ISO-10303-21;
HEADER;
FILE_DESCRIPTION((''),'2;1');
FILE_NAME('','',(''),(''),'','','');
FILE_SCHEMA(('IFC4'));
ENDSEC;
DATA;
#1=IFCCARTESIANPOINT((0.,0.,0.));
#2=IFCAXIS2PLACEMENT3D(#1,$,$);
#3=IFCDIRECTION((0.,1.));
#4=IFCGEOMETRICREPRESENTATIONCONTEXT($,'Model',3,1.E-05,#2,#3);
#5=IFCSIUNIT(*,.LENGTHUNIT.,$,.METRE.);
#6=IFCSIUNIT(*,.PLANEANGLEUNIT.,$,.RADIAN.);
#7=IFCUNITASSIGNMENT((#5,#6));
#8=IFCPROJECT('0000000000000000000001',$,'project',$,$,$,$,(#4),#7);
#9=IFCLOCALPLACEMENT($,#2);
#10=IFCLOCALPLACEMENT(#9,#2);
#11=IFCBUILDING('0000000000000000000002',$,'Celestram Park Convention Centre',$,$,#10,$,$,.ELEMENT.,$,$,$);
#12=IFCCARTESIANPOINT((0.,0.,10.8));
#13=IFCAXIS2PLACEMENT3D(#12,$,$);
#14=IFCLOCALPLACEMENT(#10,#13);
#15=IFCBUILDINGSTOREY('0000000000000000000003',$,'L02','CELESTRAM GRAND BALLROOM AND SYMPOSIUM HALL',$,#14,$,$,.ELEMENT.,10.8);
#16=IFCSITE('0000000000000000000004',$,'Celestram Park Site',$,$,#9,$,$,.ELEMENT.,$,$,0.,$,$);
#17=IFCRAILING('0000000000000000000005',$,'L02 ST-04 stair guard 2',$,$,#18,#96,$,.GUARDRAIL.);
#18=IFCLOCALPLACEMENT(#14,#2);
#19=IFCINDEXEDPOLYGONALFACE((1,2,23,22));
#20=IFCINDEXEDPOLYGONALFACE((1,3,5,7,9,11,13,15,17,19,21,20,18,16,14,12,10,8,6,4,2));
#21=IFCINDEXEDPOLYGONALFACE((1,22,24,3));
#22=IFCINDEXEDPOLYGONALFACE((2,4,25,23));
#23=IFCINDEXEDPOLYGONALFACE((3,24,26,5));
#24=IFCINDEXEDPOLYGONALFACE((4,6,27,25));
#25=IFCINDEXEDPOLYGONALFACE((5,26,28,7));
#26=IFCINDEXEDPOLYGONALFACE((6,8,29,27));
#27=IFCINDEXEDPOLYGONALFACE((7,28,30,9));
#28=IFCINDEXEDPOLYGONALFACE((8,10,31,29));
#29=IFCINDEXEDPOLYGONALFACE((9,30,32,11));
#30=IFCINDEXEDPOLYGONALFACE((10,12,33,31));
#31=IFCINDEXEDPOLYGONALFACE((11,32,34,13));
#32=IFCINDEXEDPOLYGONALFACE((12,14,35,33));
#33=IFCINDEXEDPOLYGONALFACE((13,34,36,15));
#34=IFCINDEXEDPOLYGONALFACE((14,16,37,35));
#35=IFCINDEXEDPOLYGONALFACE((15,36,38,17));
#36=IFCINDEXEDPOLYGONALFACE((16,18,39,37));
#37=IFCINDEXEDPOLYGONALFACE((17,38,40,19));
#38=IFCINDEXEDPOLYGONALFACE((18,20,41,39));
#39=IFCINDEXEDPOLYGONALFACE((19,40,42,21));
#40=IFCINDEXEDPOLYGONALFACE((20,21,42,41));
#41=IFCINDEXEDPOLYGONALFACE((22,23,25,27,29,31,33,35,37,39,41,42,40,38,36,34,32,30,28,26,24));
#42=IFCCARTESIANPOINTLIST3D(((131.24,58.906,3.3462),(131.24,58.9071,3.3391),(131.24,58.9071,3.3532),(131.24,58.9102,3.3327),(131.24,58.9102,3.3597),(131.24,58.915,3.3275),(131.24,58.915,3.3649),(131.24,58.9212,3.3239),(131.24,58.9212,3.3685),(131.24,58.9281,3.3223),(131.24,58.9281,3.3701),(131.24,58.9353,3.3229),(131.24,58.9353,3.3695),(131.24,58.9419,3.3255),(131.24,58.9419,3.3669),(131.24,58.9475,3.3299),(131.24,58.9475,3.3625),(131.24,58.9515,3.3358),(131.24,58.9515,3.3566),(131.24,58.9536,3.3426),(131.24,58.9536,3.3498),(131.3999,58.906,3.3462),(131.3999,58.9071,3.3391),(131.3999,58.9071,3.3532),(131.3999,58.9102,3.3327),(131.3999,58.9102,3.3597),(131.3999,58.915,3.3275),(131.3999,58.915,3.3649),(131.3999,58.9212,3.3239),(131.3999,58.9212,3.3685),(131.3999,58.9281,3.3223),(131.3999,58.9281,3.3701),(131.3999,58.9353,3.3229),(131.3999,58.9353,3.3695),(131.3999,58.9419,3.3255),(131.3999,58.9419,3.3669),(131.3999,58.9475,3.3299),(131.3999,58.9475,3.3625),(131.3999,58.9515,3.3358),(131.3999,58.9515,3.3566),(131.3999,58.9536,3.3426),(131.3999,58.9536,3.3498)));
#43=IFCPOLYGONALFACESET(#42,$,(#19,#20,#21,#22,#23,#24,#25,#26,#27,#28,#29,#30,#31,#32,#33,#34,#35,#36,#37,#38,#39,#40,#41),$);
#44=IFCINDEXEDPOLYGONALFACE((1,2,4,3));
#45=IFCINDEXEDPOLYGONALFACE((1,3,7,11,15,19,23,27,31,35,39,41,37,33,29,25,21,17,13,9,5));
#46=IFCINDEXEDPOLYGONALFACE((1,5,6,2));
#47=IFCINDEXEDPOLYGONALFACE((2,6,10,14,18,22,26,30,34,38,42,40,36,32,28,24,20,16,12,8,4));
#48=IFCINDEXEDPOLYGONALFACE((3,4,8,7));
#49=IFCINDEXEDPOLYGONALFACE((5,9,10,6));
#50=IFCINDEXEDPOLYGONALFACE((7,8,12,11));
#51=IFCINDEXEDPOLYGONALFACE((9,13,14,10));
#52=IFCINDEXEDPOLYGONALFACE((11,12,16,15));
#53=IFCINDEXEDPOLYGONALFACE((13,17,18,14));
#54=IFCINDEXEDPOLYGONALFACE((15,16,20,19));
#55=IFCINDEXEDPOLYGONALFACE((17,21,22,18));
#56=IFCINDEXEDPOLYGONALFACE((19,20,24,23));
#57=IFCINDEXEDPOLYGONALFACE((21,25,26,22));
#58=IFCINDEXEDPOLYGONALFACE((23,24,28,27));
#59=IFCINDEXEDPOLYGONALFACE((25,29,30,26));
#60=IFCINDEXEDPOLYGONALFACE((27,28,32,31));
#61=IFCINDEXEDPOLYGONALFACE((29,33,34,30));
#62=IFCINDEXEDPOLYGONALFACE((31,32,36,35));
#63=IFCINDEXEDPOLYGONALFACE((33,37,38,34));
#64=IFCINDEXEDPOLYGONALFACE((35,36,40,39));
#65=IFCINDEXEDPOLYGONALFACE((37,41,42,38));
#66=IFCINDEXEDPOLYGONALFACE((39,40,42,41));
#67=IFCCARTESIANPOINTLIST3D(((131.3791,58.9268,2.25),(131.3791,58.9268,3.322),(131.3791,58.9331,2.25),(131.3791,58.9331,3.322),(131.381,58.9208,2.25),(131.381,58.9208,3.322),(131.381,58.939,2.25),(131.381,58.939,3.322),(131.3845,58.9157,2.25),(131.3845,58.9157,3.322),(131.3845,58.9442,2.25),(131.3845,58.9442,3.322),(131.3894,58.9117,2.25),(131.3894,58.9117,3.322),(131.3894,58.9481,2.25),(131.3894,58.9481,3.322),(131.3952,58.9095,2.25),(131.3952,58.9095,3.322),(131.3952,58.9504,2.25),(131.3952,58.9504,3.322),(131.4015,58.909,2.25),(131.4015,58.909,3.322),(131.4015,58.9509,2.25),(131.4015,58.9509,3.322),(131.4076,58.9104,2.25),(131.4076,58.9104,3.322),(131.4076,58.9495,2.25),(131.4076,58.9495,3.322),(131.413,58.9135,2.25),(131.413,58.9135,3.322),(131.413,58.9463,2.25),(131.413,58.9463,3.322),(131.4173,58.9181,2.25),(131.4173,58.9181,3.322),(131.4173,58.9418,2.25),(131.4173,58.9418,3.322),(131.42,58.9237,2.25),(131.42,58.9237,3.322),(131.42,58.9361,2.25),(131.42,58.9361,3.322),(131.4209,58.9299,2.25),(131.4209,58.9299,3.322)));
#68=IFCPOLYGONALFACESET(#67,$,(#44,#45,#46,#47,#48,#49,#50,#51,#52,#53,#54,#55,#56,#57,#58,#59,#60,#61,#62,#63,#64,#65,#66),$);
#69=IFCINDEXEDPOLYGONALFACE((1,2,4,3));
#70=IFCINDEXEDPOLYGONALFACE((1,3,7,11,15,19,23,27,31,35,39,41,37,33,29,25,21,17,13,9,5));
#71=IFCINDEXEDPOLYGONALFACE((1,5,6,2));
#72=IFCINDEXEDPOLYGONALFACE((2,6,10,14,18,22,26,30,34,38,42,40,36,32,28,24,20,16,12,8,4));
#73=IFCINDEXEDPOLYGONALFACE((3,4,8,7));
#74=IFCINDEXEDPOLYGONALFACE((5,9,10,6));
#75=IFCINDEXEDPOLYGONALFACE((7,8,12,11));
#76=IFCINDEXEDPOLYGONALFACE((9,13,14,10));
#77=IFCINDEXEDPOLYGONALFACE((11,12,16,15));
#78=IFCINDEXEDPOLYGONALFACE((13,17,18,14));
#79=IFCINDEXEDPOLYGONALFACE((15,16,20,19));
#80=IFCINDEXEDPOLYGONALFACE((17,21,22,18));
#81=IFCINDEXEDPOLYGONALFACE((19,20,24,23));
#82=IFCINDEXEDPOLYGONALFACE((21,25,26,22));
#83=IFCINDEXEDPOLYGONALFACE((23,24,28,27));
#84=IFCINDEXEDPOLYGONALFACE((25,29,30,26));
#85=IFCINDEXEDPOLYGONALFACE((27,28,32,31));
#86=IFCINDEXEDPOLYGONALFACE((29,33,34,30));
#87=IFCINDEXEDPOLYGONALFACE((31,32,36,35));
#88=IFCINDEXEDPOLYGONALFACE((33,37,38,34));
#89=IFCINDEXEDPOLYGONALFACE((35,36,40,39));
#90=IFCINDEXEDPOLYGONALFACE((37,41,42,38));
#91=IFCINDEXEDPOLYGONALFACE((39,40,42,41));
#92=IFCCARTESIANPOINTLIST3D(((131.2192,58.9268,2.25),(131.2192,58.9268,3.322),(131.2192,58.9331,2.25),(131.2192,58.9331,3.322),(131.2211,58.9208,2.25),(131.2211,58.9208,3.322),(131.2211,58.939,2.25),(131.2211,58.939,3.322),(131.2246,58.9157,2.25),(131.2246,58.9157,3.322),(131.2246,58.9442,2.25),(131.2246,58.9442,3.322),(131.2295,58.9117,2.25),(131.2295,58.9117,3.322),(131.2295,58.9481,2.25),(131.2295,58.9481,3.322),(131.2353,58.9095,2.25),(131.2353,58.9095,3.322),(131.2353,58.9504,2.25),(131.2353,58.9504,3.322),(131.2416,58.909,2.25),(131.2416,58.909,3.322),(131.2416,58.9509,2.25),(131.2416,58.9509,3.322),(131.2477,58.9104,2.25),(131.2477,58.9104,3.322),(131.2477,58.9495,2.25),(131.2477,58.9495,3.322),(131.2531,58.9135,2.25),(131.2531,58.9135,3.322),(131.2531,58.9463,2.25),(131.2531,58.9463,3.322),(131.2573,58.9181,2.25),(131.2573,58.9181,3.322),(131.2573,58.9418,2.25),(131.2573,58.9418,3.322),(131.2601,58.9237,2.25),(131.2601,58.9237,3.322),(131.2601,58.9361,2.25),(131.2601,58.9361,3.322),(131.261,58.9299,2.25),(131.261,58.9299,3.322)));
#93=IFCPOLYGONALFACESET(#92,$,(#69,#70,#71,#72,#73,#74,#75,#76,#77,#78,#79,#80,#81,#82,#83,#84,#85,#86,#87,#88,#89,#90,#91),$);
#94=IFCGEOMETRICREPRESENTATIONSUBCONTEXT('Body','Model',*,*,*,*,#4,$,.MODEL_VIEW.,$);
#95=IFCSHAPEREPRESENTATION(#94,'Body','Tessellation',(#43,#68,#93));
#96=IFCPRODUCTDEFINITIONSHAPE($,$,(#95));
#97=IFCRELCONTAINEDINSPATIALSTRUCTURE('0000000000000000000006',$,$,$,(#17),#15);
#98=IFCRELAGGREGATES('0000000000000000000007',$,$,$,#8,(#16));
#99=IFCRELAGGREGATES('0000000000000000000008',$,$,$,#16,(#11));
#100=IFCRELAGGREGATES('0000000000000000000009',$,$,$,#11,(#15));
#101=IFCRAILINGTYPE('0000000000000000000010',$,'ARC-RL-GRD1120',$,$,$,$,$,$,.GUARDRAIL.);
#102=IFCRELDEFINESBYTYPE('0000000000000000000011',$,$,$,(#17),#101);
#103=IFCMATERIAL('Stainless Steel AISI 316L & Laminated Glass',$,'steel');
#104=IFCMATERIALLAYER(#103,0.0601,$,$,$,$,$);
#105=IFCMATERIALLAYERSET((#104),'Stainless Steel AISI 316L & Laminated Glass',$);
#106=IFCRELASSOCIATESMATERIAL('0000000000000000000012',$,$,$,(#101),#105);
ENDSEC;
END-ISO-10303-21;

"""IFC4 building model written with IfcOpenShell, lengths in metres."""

from ifc_helpers import new_model, si_unit, direction, frame, origin, origin_2d, place, context, subcontext, project, spatial, circle, extrude, material, layer, layer_set, type_object, element, save


model = new_model("IFC4")

# Units and contexts
model_context = context("Model", 3, precision=1e-05, world=origin(), true_north=direction((0.0, 1.0)))
body_context = subcontext(model_context, "Body", "Model", "MODEL_VIEW")
ifc_project = project(units=[si_unit("LENGTHUNIT", "METRE"), si_unit("PLANEANGLEUNIT", "RADIAN")], contexts=[model_context])

# Site, building, storey
site_placement = place(None, origin())
site = spatial("IfcSite", under=ifc_project, at=site_placement, Name="Celestram Park Site", CompositionType="ELEMENT", RefElevation=0.0)
building_placement = place(site_placement, origin())
building = spatial("IfcBuilding", under=site, at=building_placement, Name="Celestram Park Convention Centre", CompositionType="ELEMENT")
storey_placement = place(building_placement, frame((0.0, 0.0, 10.8)))
storey = spatial("IfcBuildingStorey", under=building, at=storey_placement, Name="L02", Description="CELESTRAM GRAND BALLROOM AND SYMPOSIUM HALL", CompositionType="ELEMENT", Elevation=10.8)

# Railing
ifc_material_1 = material(Name="Stainless Steel AISI 316L & Laminated Glass", Category="steel")
ifc_layer_1 = layer(ifc_material_1, 0.0601)
ifc_layer_set_1 = layer_set([ifc_layer_1], Name="Stainless Steel AISI 316L & Laminated Glass")
railing_type_1 = type_object("IfcRailingType", Name="ARC-RL-GRD1120", PredefinedType="GUARDRAIL", material=ifc_layer_set_1)
railing_1_placement = place(storey_placement, frame((131.3999, 58.9299, 2.25)))
element("IfcRailing", 1, at=railing_1_placement, inside=storey, type_object=railing_type_1, Name="L02 ST-04 stair guard 2", PredefinedType="GUARDRAIL", context=body_context, shape_type="SweptSolid", body=[
    extrude(circle(Radius=0.0239, at=origin_2d()), frame((0.0, 0.0, 1.0962), z_axis=(-1.0, 0.0, 0.0), x_axis=(0.0, -1.0, 0.0)), (0.0, 0.0, 1.0), 0.1599),
    extrude(circle(Radius=0.021, at=origin_2d()), origin(), (0.0, 0.0, 1.0), 1.072),
    extrude(circle(Radius=0.021, at=origin_2d()), frame((-0.1599, 0.0, 0.0)), (0.0, 0.0, 1.0), 1.072),
])

save(model, "model.ifc")
